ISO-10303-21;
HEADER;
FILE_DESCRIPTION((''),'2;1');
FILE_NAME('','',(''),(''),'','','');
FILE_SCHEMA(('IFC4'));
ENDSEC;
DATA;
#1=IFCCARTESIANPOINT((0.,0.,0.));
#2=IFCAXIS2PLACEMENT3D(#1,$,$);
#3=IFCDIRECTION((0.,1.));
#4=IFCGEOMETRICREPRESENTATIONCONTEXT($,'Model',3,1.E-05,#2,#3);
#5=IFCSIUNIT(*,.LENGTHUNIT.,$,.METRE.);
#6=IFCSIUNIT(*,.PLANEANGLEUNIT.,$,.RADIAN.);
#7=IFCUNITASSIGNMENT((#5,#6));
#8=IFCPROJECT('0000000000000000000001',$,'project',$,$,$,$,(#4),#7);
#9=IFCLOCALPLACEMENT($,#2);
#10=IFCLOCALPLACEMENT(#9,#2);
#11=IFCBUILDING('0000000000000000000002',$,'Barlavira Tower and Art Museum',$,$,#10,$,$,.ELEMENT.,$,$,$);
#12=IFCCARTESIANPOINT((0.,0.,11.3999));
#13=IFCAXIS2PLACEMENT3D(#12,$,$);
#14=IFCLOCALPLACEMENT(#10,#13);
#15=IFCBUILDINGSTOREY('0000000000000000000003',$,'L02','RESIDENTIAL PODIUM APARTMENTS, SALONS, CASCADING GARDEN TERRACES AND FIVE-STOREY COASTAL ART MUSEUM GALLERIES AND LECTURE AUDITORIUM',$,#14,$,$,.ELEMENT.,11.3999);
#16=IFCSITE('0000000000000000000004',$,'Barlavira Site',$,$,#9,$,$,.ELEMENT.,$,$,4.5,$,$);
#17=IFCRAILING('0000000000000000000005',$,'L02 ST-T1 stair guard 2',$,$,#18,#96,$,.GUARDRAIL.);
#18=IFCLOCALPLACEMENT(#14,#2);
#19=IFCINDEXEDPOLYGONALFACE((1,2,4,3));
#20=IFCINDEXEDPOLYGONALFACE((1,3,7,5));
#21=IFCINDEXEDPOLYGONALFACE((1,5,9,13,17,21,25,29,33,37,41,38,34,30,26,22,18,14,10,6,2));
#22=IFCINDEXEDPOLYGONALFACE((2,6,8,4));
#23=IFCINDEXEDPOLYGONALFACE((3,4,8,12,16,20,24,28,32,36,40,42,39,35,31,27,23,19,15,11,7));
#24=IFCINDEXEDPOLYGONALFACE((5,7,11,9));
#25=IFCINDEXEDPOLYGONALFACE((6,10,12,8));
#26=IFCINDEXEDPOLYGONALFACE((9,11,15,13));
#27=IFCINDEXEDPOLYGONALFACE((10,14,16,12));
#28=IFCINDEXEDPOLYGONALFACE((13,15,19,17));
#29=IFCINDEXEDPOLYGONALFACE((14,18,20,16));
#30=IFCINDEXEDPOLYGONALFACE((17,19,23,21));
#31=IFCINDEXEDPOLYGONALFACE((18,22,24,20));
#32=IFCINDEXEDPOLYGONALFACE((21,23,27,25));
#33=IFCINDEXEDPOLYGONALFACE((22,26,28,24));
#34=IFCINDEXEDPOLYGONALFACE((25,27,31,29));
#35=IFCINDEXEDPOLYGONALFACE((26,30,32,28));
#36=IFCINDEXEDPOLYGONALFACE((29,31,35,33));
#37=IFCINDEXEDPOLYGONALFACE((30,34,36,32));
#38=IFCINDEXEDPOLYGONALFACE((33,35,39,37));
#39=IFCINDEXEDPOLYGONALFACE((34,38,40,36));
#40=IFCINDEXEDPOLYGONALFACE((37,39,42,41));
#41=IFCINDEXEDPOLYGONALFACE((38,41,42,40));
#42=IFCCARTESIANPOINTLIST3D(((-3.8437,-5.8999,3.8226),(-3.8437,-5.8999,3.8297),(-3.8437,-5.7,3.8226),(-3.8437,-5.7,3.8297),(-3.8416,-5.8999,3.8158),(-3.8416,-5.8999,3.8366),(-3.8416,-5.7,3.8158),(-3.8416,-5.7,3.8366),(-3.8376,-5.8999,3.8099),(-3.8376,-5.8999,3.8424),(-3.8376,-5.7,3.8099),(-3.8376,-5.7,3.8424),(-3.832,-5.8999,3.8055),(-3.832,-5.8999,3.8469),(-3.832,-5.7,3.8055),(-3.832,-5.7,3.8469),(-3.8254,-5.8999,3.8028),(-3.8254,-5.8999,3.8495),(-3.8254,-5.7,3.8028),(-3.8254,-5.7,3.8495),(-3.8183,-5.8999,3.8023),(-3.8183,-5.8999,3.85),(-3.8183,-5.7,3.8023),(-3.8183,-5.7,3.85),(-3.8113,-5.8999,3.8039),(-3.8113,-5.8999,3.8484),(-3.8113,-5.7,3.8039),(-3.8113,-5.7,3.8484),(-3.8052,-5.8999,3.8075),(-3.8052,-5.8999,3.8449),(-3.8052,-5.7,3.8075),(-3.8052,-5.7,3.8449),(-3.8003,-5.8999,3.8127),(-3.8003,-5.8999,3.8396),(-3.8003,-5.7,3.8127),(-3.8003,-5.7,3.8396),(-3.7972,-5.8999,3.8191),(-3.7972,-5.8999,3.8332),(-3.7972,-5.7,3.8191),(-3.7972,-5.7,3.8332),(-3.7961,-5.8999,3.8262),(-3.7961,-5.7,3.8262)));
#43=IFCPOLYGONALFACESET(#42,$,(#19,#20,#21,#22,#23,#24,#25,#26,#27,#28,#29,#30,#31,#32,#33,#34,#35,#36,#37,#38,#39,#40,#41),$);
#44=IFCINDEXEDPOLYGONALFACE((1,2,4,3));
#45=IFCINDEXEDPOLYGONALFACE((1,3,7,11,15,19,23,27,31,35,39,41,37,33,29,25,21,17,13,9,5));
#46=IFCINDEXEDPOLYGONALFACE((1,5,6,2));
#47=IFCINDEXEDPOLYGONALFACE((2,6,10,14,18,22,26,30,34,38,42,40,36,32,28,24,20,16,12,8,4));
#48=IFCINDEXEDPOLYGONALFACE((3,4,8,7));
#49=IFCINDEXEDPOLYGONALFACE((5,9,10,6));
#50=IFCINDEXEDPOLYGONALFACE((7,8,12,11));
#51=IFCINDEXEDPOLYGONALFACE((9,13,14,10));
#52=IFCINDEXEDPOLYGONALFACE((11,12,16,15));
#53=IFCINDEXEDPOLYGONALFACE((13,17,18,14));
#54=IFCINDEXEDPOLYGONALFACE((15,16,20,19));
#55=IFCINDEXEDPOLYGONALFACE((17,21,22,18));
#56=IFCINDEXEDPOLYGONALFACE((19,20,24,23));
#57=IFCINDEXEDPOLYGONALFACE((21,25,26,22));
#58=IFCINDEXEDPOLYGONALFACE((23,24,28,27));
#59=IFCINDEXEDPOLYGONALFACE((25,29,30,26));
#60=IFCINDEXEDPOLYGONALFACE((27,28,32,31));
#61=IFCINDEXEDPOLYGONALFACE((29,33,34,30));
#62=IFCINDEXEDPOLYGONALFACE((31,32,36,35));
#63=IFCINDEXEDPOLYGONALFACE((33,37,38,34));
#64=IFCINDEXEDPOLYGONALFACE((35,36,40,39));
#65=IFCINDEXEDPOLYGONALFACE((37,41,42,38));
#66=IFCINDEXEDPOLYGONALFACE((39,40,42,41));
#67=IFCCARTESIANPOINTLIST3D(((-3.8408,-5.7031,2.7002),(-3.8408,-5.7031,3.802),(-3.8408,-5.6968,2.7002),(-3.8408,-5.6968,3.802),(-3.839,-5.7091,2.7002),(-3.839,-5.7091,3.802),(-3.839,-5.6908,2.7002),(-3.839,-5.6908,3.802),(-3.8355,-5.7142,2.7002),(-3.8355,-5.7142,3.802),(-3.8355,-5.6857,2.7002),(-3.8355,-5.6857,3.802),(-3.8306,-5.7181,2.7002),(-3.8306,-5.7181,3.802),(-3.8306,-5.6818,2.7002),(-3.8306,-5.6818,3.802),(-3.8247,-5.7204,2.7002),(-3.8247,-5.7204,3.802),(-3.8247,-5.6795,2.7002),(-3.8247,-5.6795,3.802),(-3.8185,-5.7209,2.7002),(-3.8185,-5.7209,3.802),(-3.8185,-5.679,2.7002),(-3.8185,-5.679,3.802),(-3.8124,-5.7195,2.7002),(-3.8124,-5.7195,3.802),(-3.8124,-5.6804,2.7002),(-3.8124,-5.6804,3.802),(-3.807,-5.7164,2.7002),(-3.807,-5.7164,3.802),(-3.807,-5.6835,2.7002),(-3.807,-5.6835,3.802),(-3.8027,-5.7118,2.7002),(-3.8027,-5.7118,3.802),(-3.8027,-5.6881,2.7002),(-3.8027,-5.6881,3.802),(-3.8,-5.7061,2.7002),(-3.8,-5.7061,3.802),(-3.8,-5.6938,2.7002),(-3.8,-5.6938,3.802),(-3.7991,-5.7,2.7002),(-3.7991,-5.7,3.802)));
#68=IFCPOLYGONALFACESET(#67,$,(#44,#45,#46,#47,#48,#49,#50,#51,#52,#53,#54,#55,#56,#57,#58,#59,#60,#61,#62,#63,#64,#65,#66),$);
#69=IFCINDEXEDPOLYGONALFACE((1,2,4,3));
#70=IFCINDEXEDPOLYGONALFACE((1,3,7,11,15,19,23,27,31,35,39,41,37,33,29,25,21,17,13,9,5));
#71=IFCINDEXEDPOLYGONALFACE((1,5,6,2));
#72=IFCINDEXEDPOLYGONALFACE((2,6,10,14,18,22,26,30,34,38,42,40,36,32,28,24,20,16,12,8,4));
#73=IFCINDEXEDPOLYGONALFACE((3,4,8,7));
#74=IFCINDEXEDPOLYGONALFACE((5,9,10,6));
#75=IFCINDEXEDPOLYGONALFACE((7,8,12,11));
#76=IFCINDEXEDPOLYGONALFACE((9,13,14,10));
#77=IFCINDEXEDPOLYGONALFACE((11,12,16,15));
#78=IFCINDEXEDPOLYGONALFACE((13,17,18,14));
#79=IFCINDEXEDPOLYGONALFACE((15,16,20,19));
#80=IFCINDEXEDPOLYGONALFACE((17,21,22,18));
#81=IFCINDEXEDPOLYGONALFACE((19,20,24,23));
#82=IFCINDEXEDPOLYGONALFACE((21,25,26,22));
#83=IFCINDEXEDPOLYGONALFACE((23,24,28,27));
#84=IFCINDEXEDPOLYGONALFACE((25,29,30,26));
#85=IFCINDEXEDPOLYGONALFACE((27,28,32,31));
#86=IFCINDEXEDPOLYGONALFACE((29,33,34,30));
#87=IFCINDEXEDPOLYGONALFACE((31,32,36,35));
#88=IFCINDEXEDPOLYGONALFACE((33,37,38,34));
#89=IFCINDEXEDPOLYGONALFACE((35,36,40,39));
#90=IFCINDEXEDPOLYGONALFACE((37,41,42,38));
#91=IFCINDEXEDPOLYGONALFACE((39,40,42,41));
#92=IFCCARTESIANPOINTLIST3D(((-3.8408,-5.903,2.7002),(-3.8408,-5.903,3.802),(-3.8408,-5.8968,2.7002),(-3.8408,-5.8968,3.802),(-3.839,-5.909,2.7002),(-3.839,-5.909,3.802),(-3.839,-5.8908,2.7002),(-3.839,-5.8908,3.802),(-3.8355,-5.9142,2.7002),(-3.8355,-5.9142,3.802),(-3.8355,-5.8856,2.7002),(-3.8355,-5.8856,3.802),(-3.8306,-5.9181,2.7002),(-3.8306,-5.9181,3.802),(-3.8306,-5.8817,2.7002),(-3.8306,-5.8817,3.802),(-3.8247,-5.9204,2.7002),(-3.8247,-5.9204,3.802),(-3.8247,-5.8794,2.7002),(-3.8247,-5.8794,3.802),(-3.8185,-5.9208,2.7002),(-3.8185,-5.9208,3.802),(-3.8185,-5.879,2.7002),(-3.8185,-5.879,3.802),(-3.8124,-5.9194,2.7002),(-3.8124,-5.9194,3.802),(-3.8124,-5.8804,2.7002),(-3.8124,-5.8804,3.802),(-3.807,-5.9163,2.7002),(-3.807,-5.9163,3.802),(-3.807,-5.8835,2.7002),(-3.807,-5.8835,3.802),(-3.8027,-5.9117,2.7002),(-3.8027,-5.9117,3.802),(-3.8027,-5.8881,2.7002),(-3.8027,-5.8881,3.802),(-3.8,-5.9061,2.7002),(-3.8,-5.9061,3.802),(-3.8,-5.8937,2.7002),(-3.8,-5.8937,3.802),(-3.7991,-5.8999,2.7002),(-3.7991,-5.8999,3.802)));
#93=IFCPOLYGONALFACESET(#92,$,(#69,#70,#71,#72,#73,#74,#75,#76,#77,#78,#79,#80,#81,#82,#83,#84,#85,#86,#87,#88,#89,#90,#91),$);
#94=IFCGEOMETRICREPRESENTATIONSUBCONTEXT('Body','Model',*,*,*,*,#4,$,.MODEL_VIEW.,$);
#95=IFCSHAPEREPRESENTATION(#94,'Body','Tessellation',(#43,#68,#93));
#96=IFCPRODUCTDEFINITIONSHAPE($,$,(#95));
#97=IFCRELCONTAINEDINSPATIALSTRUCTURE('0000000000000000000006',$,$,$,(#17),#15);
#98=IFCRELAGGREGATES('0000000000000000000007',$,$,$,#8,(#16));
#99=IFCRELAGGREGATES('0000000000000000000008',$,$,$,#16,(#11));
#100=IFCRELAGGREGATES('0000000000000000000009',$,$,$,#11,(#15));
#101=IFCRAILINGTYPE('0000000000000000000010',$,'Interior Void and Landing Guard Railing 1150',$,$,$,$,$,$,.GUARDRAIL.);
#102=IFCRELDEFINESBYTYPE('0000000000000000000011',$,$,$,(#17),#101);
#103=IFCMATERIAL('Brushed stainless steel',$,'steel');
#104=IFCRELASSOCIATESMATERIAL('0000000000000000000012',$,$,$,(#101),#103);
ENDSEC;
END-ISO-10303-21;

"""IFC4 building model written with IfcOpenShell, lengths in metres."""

from ifc_helpers import new_model, si_unit, direction, frame, origin, origin_2d, place, context, subcontext, project, spatial, circle, extrude, material, type_object, element, save


model = new_model("IFC4")

# Units and contexts
model_context = context("Model", 3, precision=1e-05, world=origin(), true_north=direction((0.0, 1.0)))
body_context = subcontext(model_context, "Body", "Model", "MODEL_VIEW")
ifc_project = project(units=[si_unit("LENGTHUNIT", "METRE"), si_unit("PLANEANGLEUNIT", "RADIAN")], contexts=[model_context])

# Site, building, storey
site_placement = place(None, origin())
site = spatial("IfcSite", under=ifc_project, at=site_placement, Name="Barlavira Site", CompositionType="ELEMENT", RefElevation=4.5)
building_placement = place(site_placement, origin())
building = spatial("IfcBuilding", under=site, at=building_placement, Name="Barlavira Tower and Art Museum", CompositionType="ELEMENT")
storey_placement = place(building_placement, frame((0.0, 0.0, 11.3999)))
storey = spatial("IfcBuildingStorey", under=building, at=storey_placement, Name="L02", Description="RESIDENTIAL PODIUM APARTMENTS, SALONS, CASCADING GARDEN TERRACES AND FIVE-STOREY COASTAL ART MUSEUM GALLERIES AND LECTURE AUDITORIUM", CompositionType="ELEMENT", Elevation=11.3999)

# Shared definitions
ifc_material_1 = material(Name="Brushed stainless steel", Category="steel")

# Railing
railing_type_1 = type_object("IfcRailingType", Name="Interior Void and Landing Guard Railing 1150", PredefinedType="GUARDRAIL", material=ifc_material_1)
railing_1_placement = place(storey_placement, frame((-3.8201, -5.7, 2.7002)))
element("IfcRailing", 1, at=railing_1_placement, inside=storey, type_object=railing_type_1, Name="L02 ST-T1 stair guard 2", PredefinedType="GUARDRAIL", context=body_context, shape_type="SweptSolid", body=[
    extrude(circle(Radius=0.0239, at=origin_2d()), frame((0.0, 0.0, 1.126), z_axis=(0.0, -1.0, 0.0), x_axis=(1.0, 0.0, 0.0)), (0.0, 0.0, 1.0), 0.2),
    extrude(circle(Radius=0.021, at=origin_2d()), origin(), (0.0, 0.0, 1.0), 1.1018),
    extrude(circle(Radius=0.021, at=origin_2d()), frame((0.0, -0.2, 0.0)), (0.0, 0.0, 1.0), 1.1018),
])

save(model, "model.ifc")
